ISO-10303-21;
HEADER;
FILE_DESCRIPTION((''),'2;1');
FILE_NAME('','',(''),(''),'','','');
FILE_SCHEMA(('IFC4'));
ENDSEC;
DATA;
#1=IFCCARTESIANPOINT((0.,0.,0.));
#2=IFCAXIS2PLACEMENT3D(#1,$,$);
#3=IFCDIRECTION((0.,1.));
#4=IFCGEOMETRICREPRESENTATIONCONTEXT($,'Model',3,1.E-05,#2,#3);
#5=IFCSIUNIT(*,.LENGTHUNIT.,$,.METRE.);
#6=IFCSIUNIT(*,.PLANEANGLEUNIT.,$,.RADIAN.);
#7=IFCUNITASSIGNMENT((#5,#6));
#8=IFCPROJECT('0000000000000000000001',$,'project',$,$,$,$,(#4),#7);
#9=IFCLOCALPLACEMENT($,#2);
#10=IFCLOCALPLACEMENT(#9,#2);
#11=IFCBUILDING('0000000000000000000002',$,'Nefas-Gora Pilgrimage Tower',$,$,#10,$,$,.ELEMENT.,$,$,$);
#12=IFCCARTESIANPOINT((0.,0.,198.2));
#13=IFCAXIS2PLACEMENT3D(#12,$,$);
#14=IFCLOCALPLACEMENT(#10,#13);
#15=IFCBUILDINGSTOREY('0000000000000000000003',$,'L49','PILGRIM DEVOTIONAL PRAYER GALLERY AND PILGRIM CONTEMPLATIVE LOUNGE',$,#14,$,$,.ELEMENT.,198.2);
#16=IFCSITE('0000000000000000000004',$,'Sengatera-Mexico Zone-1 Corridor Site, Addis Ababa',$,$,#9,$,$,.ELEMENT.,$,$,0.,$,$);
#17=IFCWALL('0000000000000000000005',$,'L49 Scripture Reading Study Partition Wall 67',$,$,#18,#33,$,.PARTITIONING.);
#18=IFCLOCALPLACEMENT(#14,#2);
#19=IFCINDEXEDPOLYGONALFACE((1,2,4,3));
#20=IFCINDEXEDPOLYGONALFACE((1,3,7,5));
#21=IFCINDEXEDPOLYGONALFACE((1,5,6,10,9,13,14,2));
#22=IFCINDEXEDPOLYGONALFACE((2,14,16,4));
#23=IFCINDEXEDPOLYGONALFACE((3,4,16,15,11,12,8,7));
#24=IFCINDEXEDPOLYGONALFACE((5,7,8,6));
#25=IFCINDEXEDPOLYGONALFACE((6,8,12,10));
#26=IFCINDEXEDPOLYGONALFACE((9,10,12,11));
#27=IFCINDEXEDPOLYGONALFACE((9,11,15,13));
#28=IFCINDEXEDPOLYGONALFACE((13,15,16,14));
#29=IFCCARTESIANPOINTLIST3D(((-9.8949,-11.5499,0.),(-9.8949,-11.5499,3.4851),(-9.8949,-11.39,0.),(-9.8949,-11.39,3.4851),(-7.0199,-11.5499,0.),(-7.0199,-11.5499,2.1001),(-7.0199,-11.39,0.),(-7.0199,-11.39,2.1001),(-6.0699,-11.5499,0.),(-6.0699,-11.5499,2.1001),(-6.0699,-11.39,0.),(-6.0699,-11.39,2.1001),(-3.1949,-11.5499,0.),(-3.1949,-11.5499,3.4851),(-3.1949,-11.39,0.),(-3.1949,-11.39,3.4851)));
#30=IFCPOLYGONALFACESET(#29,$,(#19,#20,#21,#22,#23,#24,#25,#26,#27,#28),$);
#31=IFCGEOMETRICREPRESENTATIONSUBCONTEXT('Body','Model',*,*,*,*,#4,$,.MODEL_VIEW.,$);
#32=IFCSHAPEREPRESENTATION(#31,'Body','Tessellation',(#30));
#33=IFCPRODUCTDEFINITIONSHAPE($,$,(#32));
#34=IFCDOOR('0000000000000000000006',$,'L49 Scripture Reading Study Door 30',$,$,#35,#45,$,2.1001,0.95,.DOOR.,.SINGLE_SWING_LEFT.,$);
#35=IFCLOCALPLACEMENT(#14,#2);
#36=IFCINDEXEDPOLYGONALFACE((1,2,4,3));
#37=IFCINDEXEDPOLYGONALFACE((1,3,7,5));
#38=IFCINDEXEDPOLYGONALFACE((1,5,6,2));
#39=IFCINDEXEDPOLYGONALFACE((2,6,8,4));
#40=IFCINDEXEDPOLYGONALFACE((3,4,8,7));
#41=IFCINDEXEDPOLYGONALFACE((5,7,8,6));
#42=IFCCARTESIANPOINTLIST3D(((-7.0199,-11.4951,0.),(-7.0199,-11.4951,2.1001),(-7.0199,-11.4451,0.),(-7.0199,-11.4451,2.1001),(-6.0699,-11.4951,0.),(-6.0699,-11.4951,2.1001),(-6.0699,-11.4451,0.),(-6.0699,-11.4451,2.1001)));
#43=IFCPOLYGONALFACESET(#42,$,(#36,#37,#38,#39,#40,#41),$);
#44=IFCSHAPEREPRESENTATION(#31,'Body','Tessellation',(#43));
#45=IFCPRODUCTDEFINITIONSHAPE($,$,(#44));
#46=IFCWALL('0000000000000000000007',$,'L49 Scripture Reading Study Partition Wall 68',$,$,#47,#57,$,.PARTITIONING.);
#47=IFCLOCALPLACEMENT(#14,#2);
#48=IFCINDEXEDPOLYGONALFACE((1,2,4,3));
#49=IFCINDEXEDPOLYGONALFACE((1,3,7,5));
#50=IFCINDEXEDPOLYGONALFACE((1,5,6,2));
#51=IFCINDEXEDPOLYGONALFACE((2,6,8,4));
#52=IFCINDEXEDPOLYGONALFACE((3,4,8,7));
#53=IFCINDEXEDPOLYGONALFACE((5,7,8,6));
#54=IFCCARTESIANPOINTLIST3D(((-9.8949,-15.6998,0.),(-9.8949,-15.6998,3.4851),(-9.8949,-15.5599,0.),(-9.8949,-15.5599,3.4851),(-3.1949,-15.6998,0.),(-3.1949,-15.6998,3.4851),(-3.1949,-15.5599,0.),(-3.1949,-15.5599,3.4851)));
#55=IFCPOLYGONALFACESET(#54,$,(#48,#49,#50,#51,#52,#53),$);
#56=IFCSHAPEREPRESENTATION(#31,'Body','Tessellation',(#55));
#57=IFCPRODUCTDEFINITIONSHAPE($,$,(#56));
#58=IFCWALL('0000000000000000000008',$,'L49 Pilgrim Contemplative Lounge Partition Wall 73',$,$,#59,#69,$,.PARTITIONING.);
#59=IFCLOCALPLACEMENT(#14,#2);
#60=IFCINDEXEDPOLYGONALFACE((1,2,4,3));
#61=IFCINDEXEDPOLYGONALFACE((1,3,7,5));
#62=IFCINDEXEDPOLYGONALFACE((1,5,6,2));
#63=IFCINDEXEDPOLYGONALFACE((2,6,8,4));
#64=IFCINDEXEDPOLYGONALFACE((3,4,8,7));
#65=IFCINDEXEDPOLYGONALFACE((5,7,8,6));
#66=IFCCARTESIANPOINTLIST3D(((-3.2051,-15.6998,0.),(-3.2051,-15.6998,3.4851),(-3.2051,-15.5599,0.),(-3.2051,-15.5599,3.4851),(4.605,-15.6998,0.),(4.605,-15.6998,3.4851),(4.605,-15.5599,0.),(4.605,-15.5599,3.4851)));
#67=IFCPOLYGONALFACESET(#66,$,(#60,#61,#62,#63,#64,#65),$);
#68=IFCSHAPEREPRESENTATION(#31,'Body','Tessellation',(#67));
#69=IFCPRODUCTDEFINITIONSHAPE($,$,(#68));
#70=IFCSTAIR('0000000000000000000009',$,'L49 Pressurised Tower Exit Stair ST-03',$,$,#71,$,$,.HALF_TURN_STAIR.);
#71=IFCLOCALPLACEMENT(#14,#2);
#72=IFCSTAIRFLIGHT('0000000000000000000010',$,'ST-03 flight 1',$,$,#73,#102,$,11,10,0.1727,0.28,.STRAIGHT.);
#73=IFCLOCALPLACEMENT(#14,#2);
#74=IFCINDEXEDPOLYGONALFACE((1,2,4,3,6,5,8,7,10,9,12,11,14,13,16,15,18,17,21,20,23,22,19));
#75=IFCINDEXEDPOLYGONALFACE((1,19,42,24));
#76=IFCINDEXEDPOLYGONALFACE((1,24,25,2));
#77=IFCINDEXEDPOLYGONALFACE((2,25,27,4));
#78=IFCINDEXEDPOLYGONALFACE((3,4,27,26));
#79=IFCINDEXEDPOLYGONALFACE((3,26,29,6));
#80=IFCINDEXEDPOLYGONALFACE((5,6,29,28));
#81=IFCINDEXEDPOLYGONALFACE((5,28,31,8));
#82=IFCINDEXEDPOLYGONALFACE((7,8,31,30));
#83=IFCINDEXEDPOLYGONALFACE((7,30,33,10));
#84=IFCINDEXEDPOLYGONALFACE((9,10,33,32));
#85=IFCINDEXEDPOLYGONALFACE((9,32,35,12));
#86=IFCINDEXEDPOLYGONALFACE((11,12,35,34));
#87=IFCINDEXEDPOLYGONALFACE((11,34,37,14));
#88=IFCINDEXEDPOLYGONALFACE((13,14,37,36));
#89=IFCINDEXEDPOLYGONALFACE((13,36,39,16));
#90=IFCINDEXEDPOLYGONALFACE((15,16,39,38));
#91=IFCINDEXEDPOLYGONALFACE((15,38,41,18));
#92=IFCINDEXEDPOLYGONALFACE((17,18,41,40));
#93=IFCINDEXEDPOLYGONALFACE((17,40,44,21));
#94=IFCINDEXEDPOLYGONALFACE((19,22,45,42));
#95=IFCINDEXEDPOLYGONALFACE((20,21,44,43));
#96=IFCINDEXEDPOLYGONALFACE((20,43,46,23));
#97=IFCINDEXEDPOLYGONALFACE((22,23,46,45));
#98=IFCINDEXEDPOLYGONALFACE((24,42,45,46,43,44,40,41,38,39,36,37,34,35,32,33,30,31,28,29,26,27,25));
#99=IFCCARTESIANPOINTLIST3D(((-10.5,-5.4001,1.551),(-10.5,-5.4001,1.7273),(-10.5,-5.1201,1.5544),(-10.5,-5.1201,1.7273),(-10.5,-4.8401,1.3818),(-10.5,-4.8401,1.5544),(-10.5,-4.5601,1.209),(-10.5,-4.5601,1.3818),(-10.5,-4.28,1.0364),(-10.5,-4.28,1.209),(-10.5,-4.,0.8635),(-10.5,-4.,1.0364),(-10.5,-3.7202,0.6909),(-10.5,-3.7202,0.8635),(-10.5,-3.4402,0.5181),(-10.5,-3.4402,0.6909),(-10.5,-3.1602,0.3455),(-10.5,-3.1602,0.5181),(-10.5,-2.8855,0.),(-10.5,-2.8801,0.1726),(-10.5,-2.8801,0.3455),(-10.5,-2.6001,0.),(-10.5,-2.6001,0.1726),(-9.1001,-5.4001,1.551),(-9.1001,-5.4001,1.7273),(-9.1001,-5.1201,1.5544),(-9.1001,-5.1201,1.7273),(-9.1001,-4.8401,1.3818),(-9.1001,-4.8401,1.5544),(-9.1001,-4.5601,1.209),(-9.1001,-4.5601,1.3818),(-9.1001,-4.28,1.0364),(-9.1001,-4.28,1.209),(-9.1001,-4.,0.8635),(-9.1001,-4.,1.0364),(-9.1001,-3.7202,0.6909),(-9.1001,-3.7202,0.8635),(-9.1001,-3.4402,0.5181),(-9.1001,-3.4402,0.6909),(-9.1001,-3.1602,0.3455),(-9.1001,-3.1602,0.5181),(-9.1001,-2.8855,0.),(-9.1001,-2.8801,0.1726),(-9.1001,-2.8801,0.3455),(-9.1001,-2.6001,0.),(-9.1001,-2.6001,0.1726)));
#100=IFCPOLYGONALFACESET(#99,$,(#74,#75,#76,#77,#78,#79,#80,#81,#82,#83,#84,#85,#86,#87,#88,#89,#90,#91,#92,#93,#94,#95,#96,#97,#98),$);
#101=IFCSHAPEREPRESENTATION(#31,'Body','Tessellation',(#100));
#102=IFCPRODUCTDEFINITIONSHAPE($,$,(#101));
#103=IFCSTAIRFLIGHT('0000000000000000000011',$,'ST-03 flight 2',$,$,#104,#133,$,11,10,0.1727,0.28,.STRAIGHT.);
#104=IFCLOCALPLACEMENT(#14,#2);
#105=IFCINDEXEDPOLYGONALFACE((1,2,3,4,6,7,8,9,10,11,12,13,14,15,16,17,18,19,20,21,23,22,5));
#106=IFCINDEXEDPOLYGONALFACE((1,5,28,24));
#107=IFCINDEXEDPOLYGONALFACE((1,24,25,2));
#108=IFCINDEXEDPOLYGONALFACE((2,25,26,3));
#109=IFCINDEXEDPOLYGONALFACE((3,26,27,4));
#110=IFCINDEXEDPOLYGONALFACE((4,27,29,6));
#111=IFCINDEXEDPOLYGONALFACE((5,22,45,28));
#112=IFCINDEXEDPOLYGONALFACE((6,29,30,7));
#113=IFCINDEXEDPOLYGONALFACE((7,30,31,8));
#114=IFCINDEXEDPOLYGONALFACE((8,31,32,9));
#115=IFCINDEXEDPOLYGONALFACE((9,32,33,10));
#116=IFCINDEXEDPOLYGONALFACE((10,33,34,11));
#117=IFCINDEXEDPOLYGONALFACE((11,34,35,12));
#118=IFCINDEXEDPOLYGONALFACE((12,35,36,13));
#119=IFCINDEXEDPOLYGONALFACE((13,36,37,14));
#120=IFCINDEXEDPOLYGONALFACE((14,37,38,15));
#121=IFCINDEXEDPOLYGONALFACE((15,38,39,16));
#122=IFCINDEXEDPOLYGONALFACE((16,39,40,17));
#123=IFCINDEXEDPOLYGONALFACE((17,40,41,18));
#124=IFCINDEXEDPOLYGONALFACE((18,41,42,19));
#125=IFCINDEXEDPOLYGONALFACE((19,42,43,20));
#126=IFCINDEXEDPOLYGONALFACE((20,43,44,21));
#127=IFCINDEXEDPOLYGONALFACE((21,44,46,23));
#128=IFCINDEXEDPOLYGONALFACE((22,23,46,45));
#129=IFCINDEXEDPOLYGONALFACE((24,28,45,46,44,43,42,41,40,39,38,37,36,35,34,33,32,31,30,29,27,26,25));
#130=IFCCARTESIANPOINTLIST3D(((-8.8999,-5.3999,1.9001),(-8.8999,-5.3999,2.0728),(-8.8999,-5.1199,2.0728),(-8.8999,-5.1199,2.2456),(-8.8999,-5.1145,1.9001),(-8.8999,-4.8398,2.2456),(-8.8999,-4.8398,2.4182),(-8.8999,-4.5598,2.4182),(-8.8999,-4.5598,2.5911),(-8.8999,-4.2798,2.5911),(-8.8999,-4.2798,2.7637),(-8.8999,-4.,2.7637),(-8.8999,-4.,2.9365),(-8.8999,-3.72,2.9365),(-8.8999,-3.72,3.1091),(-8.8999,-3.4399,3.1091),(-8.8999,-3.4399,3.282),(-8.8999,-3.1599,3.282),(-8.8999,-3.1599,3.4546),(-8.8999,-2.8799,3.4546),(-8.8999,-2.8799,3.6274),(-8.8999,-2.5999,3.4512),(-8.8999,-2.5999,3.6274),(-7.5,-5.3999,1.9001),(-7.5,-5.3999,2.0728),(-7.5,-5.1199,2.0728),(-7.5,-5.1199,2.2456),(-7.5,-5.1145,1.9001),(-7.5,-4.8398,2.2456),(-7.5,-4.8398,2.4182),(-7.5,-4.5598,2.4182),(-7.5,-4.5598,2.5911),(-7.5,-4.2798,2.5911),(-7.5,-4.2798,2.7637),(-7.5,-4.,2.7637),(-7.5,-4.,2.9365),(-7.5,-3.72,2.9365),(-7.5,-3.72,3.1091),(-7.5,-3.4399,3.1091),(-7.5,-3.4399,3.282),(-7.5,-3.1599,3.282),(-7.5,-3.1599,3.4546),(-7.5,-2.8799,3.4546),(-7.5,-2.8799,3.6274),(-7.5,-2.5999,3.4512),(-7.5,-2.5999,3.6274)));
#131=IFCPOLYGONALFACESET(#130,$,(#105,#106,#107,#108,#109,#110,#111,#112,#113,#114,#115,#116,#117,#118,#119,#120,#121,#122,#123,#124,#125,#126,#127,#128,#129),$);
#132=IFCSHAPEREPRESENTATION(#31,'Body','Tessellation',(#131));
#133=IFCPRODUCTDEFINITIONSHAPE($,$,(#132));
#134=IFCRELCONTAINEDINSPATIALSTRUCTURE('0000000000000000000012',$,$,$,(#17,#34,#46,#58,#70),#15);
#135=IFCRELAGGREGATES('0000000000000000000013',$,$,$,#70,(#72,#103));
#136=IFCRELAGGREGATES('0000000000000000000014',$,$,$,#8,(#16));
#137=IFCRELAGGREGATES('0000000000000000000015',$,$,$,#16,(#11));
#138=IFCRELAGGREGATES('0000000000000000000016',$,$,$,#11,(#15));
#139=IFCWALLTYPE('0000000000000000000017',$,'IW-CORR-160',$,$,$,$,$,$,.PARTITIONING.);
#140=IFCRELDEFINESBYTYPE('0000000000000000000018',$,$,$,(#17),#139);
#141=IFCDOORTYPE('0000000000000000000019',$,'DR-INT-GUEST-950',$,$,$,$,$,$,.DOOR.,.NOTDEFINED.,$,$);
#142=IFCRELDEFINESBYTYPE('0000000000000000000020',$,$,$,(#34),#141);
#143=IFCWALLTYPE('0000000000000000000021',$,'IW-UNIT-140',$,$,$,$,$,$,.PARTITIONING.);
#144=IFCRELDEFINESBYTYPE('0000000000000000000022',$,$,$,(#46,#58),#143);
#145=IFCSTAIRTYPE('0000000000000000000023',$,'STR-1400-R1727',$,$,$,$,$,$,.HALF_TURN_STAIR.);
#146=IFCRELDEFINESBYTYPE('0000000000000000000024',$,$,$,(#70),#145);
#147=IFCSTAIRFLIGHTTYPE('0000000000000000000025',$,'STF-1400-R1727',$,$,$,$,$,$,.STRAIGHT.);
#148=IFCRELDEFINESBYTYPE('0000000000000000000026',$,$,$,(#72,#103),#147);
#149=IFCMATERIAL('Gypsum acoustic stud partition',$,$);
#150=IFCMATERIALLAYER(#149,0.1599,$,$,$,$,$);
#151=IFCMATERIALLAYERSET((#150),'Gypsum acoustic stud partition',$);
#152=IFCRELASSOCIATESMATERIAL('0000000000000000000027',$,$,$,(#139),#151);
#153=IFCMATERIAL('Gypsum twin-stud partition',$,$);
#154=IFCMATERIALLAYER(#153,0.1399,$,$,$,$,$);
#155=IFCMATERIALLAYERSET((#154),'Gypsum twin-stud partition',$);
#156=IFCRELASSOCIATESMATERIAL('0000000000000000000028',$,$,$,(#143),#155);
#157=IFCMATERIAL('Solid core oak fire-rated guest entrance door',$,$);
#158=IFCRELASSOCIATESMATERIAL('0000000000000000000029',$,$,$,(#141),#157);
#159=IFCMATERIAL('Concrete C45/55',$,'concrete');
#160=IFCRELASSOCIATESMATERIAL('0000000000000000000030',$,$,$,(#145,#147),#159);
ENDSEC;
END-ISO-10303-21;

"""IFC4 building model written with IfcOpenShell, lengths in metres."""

from ifc_helpers import new_model, si_unit, direction, frame, frame_2d, origin, place, context, subcontext, project, spatial, polyline, rectangle, outline, extrude, source, transform, mapped, material, layer, layer_set, type_object, element, fill, aggregate, save


model = new_model("IFC4")

# Units and contexts
model_context = context("Model", 3, precision=1e-05, world=origin(), true_north=direction((0.0, 1.0)))
body_context = subcontext(model_context, "Body", "Model", "MODEL_VIEW")
ifc_project = project(units=[si_unit("LENGTHUNIT", "METRE"), si_unit("PLANEANGLEUNIT", "RADIAN")], contexts=[model_context])

# Site, building, storey
site_placement = place(None, origin())
site = spatial("IfcSite", under=ifc_project, at=site_placement, Name="Sengatera-Mexico Zone-1 Corridor Site, Addis Ababa", CompositionType="ELEMENT", RefElevation=0.0)
building_placement = place(site_placement, origin())
building = spatial("IfcBuilding", under=site, at=building_placement, Name="Nefas-Gora Pilgrimage Tower", CompositionType="ELEMENT")
storey_placement = place(building_placement, frame((0.0, 0.0, 198.2)))
storey = spatial("IfcBuildingStorey", under=building, at=storey_placement, Name="L49", Description="PILGRIM DEVOTIONAL PRAYER GALLERY AND PILGRIM CONTEMPLATIVE LOUNGE", CompositionType="ELEMENT", Elevation=198.2)

# Shared definitions
ifc_material_1 = material(Name="Concrete C45/55", Category="concrete")

# Shared definitions
ifc_material_2 = material(Name="Gypsum acoustic stud partition")
ifc_layer_1 = layer(ifc_material_2, 0.1599)
ifc_layer_set_1 = layer_set([ifc_layer_1], Name="Gypsum acoustic stud partition")
wall_type_1 = type_object("IfcWallType", Name="IW-CORR-160", PredefinedType="PARTITIONING", material=ifc_layer_set_1)
ifc_material_3 = material(Name="Gypsum twin-stud partition")
ifc_layer_2 = layer(ifc_material_3, 0.1399)
ifc_layer_set_2 = layer_set([ifc_layer_2], Name="Gypsum twin-stud partition")
wall_type_2 = type_object("IfcWallType", Name="IW-UNIT-140", PredefinedType="PARTITIONING", material=ifc_layer_set_2)

# Shared definitions
ifc_material_4 = material(Name="Solid core oak fire-rated guest entrance door")
door_type_1 = type_object("IfcDoorType", Name="DR-INT-GUEST-950", OperationType="NOTDEFINED", PredefinedType="DOOR", material=ifc_material_4)
shared_shape_1 = source(origin(), body_context, "Body", "SweptSolid", [
    extrude(rectangle(XDim=0.95, YDim=2.1001, at=frame_2d((0.4751, 1.05))), frame((0.0, 0.0249, 0.0), z_axis=(0.0, -1.0, 0.0), x_axis=(1.0, 0.0, 0.0)), (0.0, 0.0, 1.0), 0.05),
])

# Wall, opening, door
shared_shape_2 = source(origin(), body_context, "Body", "SweptSolid", [
    extrude(rectangle(XDim=6.7, YDim=0.1599, at=frame_2d((3.3501, 0.0))), origin(), (0.0, 0.0, 1.0), 3.4851),
])
wall_1_placement = place(storey_placement, frame((-9.895, -11.47, 0.0), z_axis=(0.0, 0.0, 1.0), x_axis=(1.0, 0.0, 0.0)))
wall_1 = element("IfcWall", 1, at=wall_1_placement, inside=storey, type_object=wall_type_1, Name="L49 Scripture Reading Study Partition Wall 67", PredefinedType="PARTITIONING", context=body_context, shape_type="MappedRepresentation", body=[
    mapped(shared_shape_2, transform((0.0, 0.0, 0.0), x_axis=(1.0, 0.0, 0.0), y_axis=(0.0, 1.0, 0.0), z_axis=(0.0, 0.0, 1.0), scale=1.0)),
])
opening_1_placement = place(wall_1_placement, frame((2.875, 0.0, 0.0)))
opening_1 = element("IfcOpeningElement", 2, at=opening_1_placement, cuts=wall_1, PredefinedType="OPENING", context=body_context, shape_type="SweptSolid", body=[
    extrude(rectangle(XDim=0.95, YDim=2.1001, at=frame_2d((0.4751, 1.05))), frame((0.0, 0.0898, 0.0), z_axis=(0.0, -1.0, 0.0), x_axis=(1.0, 0.0, 0.0)), (0.0, 0.0, 1.0), 0.1799),
])
door_1_placement = place(opening_1_placement, origin())
door_1 = element("IfcDoor", 3, at=door_1_placement, inside=storey, type_object=door_type_1, Name="L49 Scripture Reading Study Door 30", OperationType="SINGLE_SWING_LEFT", OverallHeight=2.1001, OverallWidth=0.95, PredefinedType="DOOR", context=body_context, shape_type="MappedRepresentation", body=[
    mapped(shared_shape_1, transform((0.0, 0.0, 0.0), x_axis=(1.0, 0.0, 0.0), y_axis=(0.0, 1.0, 0.0), z_axis=(0.0, 0.0, 1.0), scale=1.0)),
])
fill(opening_1, door_1)

# Walls
shared_shape_3 = source(origin(), body_context, "Body", "SweptSolid", [
    extrude(rectangle(XDim=6.7, YDim=0.1399, at=frame_2d((3.3501, 0.0))), origin(), (0.0, 0.0, 1.0), 3.4851),
])
wall_2_placement = place(storey_placement, frame((-9.895, -15.6299, 0.0), z_axis=(0.0, 0.0, 1.0), x_axis=(1.0, 0.0, 0.0)))
element("IfcWall", 4, at=wall_2_placement, inside=storey, type_object=wall_type_2, Name="L49 Scripture Reading Study Partition Wall 68", PredefinedType="PARTITIONING", context=body_context, shape_type="MappedRepresentation", body=[
    mapped(shared_shape_3, transform((0.0, 0.0, 0.0), x_axis=(1.0, 0.0, 0.0), y_axis=(0.0, 1.0, 0.0), z_axis=(0.0, 0.0, 1.0), scale=1.0)),
])
shared_shape_4 = source(origin(), body_context, "Body", "SweptSolid", [
    extrude(rectangle(XDim=7.8101, YDim=0.1399, at=frame_2d((3.905, 0.0))), origin(), (0.0, 0.0, 1.0), 3.4851),
])
wall_3_placement = place(storey_placement, frame((-3.2051, -15.6299, 0.0), z_axis=(0.0, 0.0, 1.0), x_axis=(1.0, 0.0, 0.0)))
element("IfcWall", 5, at=wall_3_placement, inside=storey, type_object=wall_type_2, Name="L49 Pilgrim Contemplative Lounge Partition Wall 73", PredefinedType="PARTITIONING", context=body_context, shape_type="MappedRepresentation", body=[
    mapped(shared_shape_4, transform((0.0, 0.0, 0.0), x_axis=(1.0, 0.0, 0.0), y_axis=(0.0, 1.0, 0.0), z_axis=(0.0, 0.0, 1.0), scale=1.0)),
])

# Stair, stair flights
stair_type = type_object("IfcStairType", Name="STR-1400-R1727", PredefinedType="HALF_TURN_STAIR", material=ifc_material_1)
stair_placement = place(storey_placement, origin())
stair = element("IfcStair", 6, at=stair_placement, inside=storey, type_object=stair_type, Name="L49 Pressurised Tower Exit Stair ST-03", PredefinedType="HALF_TURN_STAIR")
stair_flight_type = type_object("IfcStairFlightType", Name="STF-1400-R1727", PredefinedType="STRAIGHT", material=ifc_material_1)
shared_shape_5 = source(origin(), body_context, "Body", "SweptSolid", [
    extrude(outline(polyline([(0.0, 0.0), (0.0, 0.1726), (0.28, 0.1726), (0.28, 0.3455), (0.5601, 0.3455), (0.5601, 0.5181), (0.8401, 0.5181), (0.8401, 0.6909), (1.1201, 0.6909), (1.1201, 0.8635), (1.3999, 0.8635), (1.3999, 1.0364), (1.6799, 1.0364), (1.6799, 1.209), (1.96, 1.209), (1.96, 1.3818), (2.24, 1.3818), (2.24, 1.5544), (2.52, 1.5544), (2.52, 1.7273), (2.8, 1.7273), (2.8, 1.8999), (2.8, 1.551), (0.2854, 0.0), (0.0, 0.0)])), frame((0.0, 0.7, 0.0), z_axis=(0.0, -1.0, 0.0), x_axis=(1.0, 0.0, 0.0)), (0.0, 0.0, 1.0), 1.3999),
])
stair_flight_1_placement = place(storey_placement, frame((-9.8, -2.6001, 0.0), z_axis=(0.0, 0.0, 1.0), x_axis=(0.0, -1.0, 0.0)))
stair_flight_1 = element("IfcStairFlight", 7, at=stair_flight_1_placement, type_object=stair_flight_type, Name="ST-03 flight 1", NumberOfRisers=11, NumberOfTreads=10, PredefinedType="STRAIGHT", RiserHeight=0.1727, TreadLength=0.28, context=body_context, shape_type="MappedRepresentation", body=[
    mapped(shared_shape_5, transform((0.0, 0.0, 0.0), x_axis=(1.0, 0.0, 0.0), y_axis=(0.0, 1.0, 0.0), z_axis=(0.0, 0.0, 1.0), scale=1.0)),
])
stair_flight_2_placement = place(storey_placement, frame((-8.2, -5.3999, 1.9001), z_axis=(0.0, 0.0, 1.0), x_axis=(0.0, 1.0, 0.0)))
stair_flight_2 = element("IfcStairFlight", 8, at=stair_flight_2_placement, type_object=stair_flight_type, Name="ST-03 flight 2", NumberOfRisers=11, NumberOfTreads=10, PredefinedType="STRAIGHT", RiserHeight=0.1727, TreadLength=0.28, context=body_context, shape_type="MappedRepresentation", body=[
    mapped(shared_shape_5, transform((0.0, 0.0, 0.0), x_axis=(1.0, 0.0, 0.0), y_axis=(0.0, 1.0, 0.0), z_axis=(0.0, 0.0, 1.0), scale=1.0)),
])
aggregate(stair, [stair_flight_1, stair_flight_2])

save(model, "model.ifc")
